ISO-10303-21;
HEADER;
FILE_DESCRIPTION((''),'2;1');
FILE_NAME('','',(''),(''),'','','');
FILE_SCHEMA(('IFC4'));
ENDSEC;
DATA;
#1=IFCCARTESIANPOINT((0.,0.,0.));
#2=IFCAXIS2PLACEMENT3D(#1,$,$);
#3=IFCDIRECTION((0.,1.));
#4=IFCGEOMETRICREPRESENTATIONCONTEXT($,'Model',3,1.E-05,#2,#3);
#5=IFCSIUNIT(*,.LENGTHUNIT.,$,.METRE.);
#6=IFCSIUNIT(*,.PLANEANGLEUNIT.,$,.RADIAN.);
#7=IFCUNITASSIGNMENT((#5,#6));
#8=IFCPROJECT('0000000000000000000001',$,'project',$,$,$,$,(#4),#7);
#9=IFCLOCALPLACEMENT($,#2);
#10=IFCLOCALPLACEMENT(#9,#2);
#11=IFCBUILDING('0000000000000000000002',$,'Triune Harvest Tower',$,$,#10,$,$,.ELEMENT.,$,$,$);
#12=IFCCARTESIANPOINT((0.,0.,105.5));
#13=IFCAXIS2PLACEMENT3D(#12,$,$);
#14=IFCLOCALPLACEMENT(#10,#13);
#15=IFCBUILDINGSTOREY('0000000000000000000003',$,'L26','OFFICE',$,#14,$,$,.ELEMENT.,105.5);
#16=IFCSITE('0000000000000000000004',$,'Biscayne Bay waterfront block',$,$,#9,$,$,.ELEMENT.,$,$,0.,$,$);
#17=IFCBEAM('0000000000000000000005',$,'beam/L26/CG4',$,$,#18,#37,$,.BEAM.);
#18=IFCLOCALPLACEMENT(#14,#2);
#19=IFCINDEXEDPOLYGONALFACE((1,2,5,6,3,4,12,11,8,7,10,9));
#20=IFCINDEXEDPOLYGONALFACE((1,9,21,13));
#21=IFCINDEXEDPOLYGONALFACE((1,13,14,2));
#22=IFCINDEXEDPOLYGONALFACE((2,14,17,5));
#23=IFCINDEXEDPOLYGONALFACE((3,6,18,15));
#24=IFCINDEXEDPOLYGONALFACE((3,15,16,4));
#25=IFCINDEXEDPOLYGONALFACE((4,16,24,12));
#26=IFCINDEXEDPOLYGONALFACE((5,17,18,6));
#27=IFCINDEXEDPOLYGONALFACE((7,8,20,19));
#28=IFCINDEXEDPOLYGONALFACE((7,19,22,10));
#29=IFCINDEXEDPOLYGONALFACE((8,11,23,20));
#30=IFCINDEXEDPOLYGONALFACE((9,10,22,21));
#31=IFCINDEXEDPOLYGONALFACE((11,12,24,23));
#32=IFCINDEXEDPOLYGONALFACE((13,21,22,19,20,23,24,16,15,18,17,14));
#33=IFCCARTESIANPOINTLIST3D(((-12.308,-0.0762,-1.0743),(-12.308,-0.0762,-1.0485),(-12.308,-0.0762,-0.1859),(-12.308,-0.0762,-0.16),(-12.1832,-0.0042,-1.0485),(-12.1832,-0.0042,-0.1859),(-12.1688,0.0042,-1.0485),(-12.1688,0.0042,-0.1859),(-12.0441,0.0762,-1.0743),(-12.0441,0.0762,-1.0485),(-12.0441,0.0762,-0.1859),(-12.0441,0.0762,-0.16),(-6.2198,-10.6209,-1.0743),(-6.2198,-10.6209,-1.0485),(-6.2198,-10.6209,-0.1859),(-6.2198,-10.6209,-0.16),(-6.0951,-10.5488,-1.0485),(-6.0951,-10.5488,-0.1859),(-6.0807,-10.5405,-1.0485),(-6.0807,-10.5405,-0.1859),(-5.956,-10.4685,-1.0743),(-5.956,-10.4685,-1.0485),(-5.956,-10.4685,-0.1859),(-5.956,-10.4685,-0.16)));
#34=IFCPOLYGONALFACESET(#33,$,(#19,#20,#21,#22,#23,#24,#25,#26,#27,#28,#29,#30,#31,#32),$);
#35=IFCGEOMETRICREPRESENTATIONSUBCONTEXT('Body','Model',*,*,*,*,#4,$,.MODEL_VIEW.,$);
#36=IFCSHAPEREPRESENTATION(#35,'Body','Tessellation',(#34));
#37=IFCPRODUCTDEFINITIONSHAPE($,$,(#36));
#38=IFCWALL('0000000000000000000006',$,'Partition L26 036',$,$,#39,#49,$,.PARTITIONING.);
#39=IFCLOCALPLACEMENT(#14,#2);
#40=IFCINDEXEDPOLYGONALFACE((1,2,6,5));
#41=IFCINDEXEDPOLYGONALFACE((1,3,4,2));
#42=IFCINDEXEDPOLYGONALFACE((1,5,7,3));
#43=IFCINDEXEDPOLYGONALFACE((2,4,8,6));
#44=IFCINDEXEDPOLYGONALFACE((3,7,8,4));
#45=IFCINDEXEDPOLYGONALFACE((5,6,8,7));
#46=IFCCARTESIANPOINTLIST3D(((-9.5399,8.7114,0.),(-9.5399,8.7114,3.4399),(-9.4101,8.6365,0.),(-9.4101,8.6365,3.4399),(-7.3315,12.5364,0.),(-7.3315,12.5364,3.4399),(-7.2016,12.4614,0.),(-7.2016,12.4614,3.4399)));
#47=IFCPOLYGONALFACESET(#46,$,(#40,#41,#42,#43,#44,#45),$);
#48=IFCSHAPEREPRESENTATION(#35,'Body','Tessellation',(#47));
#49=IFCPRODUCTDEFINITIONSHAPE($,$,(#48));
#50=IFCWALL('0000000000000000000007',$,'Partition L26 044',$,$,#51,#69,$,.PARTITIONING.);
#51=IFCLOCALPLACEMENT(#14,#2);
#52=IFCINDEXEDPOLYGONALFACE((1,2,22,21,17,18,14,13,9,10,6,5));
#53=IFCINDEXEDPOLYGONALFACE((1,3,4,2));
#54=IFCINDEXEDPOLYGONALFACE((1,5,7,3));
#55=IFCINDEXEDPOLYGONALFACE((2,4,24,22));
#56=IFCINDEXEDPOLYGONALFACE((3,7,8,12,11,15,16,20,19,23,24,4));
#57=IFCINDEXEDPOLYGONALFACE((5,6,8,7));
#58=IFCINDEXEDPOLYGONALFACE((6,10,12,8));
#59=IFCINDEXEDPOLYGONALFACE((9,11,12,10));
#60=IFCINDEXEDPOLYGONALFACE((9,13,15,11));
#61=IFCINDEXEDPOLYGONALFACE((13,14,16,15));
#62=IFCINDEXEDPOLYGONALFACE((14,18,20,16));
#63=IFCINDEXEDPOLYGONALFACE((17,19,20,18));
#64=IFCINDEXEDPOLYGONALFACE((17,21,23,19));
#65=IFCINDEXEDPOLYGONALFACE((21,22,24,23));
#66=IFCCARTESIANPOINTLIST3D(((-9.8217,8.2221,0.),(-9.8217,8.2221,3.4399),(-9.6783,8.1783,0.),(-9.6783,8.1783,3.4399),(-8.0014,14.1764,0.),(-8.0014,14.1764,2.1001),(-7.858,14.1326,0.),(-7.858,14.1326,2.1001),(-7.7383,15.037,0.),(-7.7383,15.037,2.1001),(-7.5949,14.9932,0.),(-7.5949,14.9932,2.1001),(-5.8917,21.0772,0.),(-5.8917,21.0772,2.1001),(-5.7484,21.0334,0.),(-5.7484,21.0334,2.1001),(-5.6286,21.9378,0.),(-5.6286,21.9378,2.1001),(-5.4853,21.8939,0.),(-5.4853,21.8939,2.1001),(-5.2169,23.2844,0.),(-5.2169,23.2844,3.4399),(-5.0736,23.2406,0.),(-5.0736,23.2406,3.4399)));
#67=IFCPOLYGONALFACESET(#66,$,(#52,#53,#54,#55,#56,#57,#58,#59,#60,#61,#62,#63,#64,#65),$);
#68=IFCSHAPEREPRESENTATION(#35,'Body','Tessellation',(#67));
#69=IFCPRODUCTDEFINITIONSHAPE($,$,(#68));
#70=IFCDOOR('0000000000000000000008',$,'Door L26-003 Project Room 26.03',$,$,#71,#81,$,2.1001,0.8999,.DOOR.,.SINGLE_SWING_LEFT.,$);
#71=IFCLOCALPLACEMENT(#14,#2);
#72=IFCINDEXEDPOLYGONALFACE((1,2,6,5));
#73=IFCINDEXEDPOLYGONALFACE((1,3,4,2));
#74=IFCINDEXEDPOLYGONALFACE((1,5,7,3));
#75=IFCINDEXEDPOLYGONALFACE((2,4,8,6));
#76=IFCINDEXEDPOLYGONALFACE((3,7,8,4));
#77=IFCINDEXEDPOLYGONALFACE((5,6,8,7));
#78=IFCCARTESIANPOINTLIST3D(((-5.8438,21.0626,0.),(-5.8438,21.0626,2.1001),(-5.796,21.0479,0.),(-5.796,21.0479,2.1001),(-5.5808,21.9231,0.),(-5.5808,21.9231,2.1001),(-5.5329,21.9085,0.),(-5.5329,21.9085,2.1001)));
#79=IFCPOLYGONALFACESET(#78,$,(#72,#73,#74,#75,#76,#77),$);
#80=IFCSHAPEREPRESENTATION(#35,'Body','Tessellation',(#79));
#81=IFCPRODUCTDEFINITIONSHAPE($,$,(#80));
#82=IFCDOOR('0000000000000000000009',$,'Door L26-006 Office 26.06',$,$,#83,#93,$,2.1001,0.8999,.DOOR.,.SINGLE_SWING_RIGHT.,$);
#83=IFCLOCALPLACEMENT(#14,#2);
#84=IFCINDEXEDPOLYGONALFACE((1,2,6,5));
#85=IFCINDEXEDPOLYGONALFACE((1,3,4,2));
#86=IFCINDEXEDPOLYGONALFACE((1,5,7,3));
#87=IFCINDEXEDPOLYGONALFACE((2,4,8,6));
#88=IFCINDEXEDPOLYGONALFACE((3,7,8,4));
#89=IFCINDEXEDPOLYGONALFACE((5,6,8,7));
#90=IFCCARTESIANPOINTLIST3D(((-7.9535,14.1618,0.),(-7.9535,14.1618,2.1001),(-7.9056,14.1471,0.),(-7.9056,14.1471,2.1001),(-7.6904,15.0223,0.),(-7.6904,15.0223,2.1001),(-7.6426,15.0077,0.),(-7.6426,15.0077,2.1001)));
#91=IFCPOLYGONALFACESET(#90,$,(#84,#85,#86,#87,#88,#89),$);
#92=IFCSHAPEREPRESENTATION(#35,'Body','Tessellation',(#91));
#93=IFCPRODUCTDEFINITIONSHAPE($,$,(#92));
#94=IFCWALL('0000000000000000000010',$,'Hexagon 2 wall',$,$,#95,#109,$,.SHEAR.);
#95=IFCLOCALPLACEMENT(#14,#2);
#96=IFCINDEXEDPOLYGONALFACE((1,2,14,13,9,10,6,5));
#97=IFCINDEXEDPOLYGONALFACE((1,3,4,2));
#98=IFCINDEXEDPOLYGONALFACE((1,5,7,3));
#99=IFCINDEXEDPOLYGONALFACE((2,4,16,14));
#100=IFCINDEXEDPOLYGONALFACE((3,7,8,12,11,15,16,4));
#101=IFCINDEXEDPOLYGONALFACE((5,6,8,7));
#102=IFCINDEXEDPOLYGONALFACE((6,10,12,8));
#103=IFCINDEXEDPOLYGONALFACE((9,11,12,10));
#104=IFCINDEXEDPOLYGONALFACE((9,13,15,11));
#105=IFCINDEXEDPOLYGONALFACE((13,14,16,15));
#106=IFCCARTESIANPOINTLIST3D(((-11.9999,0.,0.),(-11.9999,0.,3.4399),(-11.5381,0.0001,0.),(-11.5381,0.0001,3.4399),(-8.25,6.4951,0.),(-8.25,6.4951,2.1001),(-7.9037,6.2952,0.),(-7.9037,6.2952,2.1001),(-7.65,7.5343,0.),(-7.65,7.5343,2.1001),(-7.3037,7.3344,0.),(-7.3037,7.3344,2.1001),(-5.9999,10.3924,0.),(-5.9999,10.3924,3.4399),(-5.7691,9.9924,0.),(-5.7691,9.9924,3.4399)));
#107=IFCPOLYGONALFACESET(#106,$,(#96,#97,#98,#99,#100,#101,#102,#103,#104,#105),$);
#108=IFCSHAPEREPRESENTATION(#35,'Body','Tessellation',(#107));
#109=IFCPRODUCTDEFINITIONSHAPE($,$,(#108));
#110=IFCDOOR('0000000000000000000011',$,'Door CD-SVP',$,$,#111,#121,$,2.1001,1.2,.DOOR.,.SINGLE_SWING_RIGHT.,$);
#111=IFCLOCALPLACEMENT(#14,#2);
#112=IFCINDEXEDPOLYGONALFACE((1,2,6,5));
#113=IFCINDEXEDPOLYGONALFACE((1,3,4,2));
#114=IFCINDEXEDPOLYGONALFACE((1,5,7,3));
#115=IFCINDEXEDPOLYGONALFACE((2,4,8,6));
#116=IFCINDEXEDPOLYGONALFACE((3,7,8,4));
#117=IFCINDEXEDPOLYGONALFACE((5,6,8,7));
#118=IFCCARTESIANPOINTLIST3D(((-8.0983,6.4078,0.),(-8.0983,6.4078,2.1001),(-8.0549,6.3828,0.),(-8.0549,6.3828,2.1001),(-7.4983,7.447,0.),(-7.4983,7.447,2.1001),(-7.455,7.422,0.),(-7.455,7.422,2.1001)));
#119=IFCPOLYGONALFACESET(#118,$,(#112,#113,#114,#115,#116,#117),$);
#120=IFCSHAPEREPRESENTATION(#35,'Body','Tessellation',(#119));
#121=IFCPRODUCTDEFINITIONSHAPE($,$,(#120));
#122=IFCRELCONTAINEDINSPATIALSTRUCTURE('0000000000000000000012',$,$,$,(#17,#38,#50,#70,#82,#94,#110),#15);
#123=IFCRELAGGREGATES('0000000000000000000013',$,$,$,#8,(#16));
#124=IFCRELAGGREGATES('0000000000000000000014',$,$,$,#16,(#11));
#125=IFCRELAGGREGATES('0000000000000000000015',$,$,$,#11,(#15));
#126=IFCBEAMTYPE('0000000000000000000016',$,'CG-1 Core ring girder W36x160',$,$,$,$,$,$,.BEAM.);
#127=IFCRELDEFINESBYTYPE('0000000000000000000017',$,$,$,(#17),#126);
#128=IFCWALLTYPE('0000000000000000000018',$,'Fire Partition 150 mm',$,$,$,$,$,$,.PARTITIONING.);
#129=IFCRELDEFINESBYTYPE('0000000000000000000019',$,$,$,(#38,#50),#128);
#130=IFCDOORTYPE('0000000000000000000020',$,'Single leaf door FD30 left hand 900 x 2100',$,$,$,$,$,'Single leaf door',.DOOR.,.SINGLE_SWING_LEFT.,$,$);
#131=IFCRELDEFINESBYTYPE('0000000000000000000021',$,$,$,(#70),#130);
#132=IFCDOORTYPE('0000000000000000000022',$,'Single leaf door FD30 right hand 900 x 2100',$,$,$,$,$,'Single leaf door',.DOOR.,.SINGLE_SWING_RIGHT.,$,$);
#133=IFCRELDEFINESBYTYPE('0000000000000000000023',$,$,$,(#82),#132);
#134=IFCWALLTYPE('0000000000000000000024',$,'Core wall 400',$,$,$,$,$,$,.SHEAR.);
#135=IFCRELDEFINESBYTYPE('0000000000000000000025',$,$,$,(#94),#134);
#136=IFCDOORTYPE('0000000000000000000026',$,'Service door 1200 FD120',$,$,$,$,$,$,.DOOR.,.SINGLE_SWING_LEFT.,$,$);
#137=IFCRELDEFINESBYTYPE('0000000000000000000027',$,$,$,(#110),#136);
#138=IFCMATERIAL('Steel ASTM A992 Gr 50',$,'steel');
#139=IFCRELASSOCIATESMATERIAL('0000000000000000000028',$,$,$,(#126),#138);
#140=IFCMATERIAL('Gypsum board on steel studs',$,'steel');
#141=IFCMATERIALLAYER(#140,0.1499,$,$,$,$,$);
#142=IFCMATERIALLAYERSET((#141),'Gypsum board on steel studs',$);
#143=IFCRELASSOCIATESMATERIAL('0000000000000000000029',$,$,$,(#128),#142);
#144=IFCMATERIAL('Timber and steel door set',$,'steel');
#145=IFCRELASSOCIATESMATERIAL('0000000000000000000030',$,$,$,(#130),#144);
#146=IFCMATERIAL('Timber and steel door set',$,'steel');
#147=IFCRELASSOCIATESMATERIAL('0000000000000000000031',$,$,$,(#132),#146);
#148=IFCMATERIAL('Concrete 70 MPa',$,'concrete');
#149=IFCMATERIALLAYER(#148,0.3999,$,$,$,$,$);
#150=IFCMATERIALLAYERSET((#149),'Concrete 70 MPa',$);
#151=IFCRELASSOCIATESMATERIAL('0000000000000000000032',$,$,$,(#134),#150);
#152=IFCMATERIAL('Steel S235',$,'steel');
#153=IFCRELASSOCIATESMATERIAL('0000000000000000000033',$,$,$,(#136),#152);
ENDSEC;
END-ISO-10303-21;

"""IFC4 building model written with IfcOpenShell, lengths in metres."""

from ifc_helpers import new_model, si_unit, direction, frame, frame_2d, origin, origin_2d, place, context, subcontext, project, spatial, polyline, rectangle, i_section, outline, extrude, source, transform, mapped, material, layer, layer_set, material_profile, profile_set, type_object, element, fill, save


model = new_model("IFC4")

# Units and contexts
model_context = context("Model", 3, precision=1e-05, world=origin(), true_north=direction((0.0, 1.0)))
body_context = subcontext(model_context, "Body", "Model", "MODEL_VIEW")
ifc_project = project(units=[si_unit("LENGTHUNIT", "METRE"), si_unit("PLANEANGLEUNIT", "RADIAN")], contexts=[model_context])

# Site, building, storey
site_placement = place(None, origin())
site = spatial("IfcSite", under=ifc_project, at=site_placement, Name="Biscayne Bay waterfront block", CompositionType="ELEMENT", RefElevation=0.0)
building_placement = place(site_placement, origin())
building = spatial("IfcBuilding", under=site, at=building_placement, Name="Triune Harvest Tower", CompositionType="ELEMENT")
storey_placement = place(building_placement, frame((0.0, 0.0, 105.5)))
storey = spatial("IfcBuildingStorey", under=building, at=storey_placement, Name="L26", Description="OFFICE", CompositionType="ELEMENT", Elevation=105.5)

# Beam
ifc_material_1 = material(Name="Steel ASTM A992 Gr 50", Category="steel")
ifc_material_profile = material_profile(ifc_material_1, i_section(OverallWidth=0.3047, OverallDepth=0.9143, WebThickness=0.0166, FlangeThickness=0.0259, at=origin_2d()), Name="W36x160")
ifc_profile_set = profile_set([ifc_material_profile], Name="Steel ASTM A992 Gr 50")
beam_type = type_object("IfcBeamType", Name="CG-1 Core ring girder W36x160", PredefinedType="BEAM", material=ifc_profile_set)
shared_shape_1 = source(origin(), body_context, "Body", "SweptSolid", [
    extrude(i_section(OverallWidth=0.3047, OverallDepth=0.9143, WebThickness=0.0166, FlangeThickness=0.0259, at=origin_2d()), origin(), (0.0, 0.0, 1.0), 12.176),
])
beam_placement = place(storey_placement, frame((-12.176, 0.0, -0.6172), z_axis=(0.50001, -0.86602, 0.0), x_axis=(0.86602, 0.50001, 0.0)))
element("IfcBeam", 1, at=beam_placement, inside=storey, type_object=beam_type, Name="beam/L26/CG4", PredefinedType="BEAM", context=body_context, shape_type="MappedRepresentation", body=[
    mapped(shared_shape_1, transform((0.0, 0.0, 0.0), scale=1.0)),
])

# Wall
ifc_material_2 = material(Name="Gypsum board on steel studs", Category="steel")
ifc_layer_1 = layer(ifc_material_2, 0.1499)
ifc_layer_set_1 = layer_set([ifc_layer_1], Name="Gypsum board on steel studs")
wall_type_1 = type_object("IfcWallType", Name="Fire Partition 150 mm", PredefinedType="PARTITIONING", material=ifc_layer_set_1)
wall_1_placement = place(storey_placement, frame((-9.4751, 8.6738, 0.0), z_axis=(0.0, 0.0, 1.0), x_axis=(0.500027, 0.86601, 0.0)))
element("IfcWall", 2, at=wall_1_placement, inside=storey, type_object=wall_type_1, Name="Partition L26 036", PredefinedType="PARTITIONING", context=body_context, shape_type="SweptSolid", body=[
    extrude(rectangle(XDim=4.4167, YDim=0.1499, at=frame_2d((2.2085, 0.0))), origin(), (0.0, 0.0, 1.0), 3.4399),
])

# Wall, openings, doors
wall_2_placement = place(storey_placement, frame((-9.75, 8.2002, 0.0), z_axis=(0.0, 0.0, 1.0), x_axis=(0.292357, 0.956309, 0.0)))
wall_2 = element("IfcWall", 3, at=wall_2_placement, inside=storey, type_object=wall_type_1, Name="Partition L26 044", PredefinedType="PARTITIONING", context=body_context, shape_type="SweptSolid", body=[
    extrude(rectangle(XDim=15.7505, YDim=0.1499, at=frame_2d((7.8752, 0.0))), origin(), (0.0, 0.0, 1.0), 3.4399),
])
opening_1_placement = place(wall_2_placement, frame((13.4424, 0.0, 0.0)))
opening_1 = element("IfcOpeningElement", 4, at=opening_1_placement, cuts=wall_2, PredefinedType="OPENING", context=body_context, shape_type="SweptSolid", body=[
    extrude(rectangle(XDim=0.8999, YDim=2.1001, at=frame_2d((0.45, 1.05))), frame((0.0, 0.085, 0.0), z_axis=(0.0, -1.0, 0.0), x_axis=(1.0, 0.0, 0.0)), (0.0, 0.0, 1.0), 0.1699),
])
opening_2_placement = place(wall_2_placement, frame((6.2263, 0.0, 0.0)))
opening_2 = element("IfcOpeningElement", 5, at=opening_2_placement, cuts=wall_2, PredefinedType="OPENING", context=body_context, shape_type="SweptSolid", body=[
    extrude(rectangle(XDim=0.8999, YDim=2.1001, at=frame_2d((0.45, 1.05))), frame((0.0, 0.085, 0.0), z_axis=(0.0, -1.0, 0.0), x_axis=(1.0, 0.0, 0.0)), (0.0, 0.0, 1.0), 0.1699),
])
ifc_material_3 = material(Name="Timber and steel door set", Category="steel")
door_type_1 = type_object("IfcDoorType", Name="Single leaf door FD30 left hand 900 x 2100", ElementType="Single leaf door", OperationType="SINGLE_SWING_LEFT", PredefinedType="DOOR", material=ifc_material_3)
door_1_placement = place(opening_1_placement, origin())
door_1 = element("IfcDoor", 6, at=door_1_placement, inside=storey, type_object=door_type_1, Name="Door L26-003 Project Room 26.03", OperationType="SINGLE_SWING_LEFT", OverallHeight=2.1001, OverallWidth=0.8999, PredefinedType="DOOR", context=body_context, shape_type="SweptSolid", body=[
    extrude(rectangle(XDim=0.8999, YDim=2.1001, at=frame_2d((0.45, 1.05))), frame((0.0, 0.0249, 0.0), z_axis=(0.0, -1.0, 0.0), x_axis=(1.0, 0.0, 0.0)), (0.0, 0.0, 1.0), 0.05),
])
fill(opening_1, door_1)
ifc_material_4 = material(Name="Timber and steel door set", Category="steel")
door_type_2 = type_object("IfcDoorType", Name="Single leaf door FD30 right hand 900 x 2100", ElementType="Single leaf door", OperationType="SINGLE_SWING_RIGHT", PredefinedType="DOOR", material=ifc_material_4)
door_2_placement = place(opening_2_placement, origin())
door_2 = element("IfcDoor", 7, at=door_2_placement, inside=storey, type_object=door_type_2, Name="Door L26-006 Office 26.06", OperationType="SINGLE_SWING_RIGHT", OverallHeight=2.1001, OverallWidth=0.8999, PredefinedType="DOOR", context=body_context, shape_type="SweptSolid", body=[
    extrude(rectangle(XDim=0.8999, YDim=2.1001, at=frame_2d((0.45, 1.05))), frame((0.0, 0.0249, 0.0), z_axis=(0.0, -1.0, 0.0), x_axis=(1.0, 0.0, 0.0)), (0.0, 0.0, 1.0), 0.05),
])
fill(opening_2, door_2)

# Wall, opening, door
ifc_material_5 = material(Name="Concrete 70 MPa", Category="concrete")
ifc_layer_2 = layer(ifc_material_5, 0.3999)
ifc_layer_set_2 = layer_set([ifc_layer_2], Name="Concrete 70 MPa")
wall_type_2 = type_object("IfcWallType", Name="Core wall 400", PredefinedType="SHEAR", material=ifc_layer_set_2)
shared_shape_2 = source(origin(), body_context, "Body", "SweptSolid", [
    extrude(outline(polyline([(-0.1155, -0.2), (11.8845, -0.2), (11.6536, 0.2), (0.1155, 0.2), (-0.1155, -0.2)])), origin(), (0.0, 0.0, 1.0), 3.4399),
])
wall_3_placement = place(storey_placement, frame((-5.8845, 10.1924, 0.0), z_axis=(0.0, 0.0, 1.0), x_axis=(-0.499997, -0.866027, 0.0)))
wall_3 = element("IfcWall", 8, at=wall_3_placement, inside=storey, type_object=wall_type_2, Name="Hexagon 2 wall", PredefinedType="SHEAR", context=body_context, shape_type="MappedRepresentation", body=[
    mapped(shared_shape_2, transform((0.0, 0.0, 0.0), scale=1.0)),
])
opening_3_placement = place(wall_3_placement, frame((3.1846, 0.0, 0.0)))
opening_3 = element("IfcOpeningElement", 9, at=opening_3_placement, cuts=wall_3, PredefinedType="OPENING", context=body_context, shape_type="SweptSolid", body=[
    extrude(rectangle(XDim=1.2, YDim=2.1001, at=frame_2d((0.6001, 1.05))), frame((0.0, 0.21, 0.0), z_axis=(0.0, -1.0, 0.0), x_axis=(1.0, 0.0, 0.0)), (0.0, 0.0, 1.0), 0.4199),
])
ifc_material_6 = material(Name="Steel S235", Category="steel")
door_type_3 = type_object("IfcDoorType", Name="Service door 1200 FD120", OperationType="SINGLE_SWING_LEFT", PredefinedType="DOOR", material=ifc_material_6)
door_3_placement = place(opening_3_placement, frame((1.2, 0.0, 0.0), z_axis=(0.0, 0.0, 1.0), x_axis=(-1.0, 0.0, 0.0)))
door_3 = element("IfcDoor", 10, at=door_3_placement, inside=storey, type_object=door_type_3, Name="Door CD-SVP", OperationType="SINGLE_SWING_RIGHT", OverallHeight=2.1001, OverallWidth=1.2, PredefinedType="DOOR", context=body_context, shape_type="SweptSolid", body=[
    extrude(rectangle(XDim=1.2, YDim=2.1001, at=frame_2d((0.6001, 1.05))), frame((0.0, 0.0249, 0.0), z_axis=(0.0, -1.0, 0.0), x_axis=(1.0, 0.0, 0.0)), (0.0, 0.0, 1.0), 0.05),
])
fill(opening_3, door_3)

save(model, "model.ifc")
